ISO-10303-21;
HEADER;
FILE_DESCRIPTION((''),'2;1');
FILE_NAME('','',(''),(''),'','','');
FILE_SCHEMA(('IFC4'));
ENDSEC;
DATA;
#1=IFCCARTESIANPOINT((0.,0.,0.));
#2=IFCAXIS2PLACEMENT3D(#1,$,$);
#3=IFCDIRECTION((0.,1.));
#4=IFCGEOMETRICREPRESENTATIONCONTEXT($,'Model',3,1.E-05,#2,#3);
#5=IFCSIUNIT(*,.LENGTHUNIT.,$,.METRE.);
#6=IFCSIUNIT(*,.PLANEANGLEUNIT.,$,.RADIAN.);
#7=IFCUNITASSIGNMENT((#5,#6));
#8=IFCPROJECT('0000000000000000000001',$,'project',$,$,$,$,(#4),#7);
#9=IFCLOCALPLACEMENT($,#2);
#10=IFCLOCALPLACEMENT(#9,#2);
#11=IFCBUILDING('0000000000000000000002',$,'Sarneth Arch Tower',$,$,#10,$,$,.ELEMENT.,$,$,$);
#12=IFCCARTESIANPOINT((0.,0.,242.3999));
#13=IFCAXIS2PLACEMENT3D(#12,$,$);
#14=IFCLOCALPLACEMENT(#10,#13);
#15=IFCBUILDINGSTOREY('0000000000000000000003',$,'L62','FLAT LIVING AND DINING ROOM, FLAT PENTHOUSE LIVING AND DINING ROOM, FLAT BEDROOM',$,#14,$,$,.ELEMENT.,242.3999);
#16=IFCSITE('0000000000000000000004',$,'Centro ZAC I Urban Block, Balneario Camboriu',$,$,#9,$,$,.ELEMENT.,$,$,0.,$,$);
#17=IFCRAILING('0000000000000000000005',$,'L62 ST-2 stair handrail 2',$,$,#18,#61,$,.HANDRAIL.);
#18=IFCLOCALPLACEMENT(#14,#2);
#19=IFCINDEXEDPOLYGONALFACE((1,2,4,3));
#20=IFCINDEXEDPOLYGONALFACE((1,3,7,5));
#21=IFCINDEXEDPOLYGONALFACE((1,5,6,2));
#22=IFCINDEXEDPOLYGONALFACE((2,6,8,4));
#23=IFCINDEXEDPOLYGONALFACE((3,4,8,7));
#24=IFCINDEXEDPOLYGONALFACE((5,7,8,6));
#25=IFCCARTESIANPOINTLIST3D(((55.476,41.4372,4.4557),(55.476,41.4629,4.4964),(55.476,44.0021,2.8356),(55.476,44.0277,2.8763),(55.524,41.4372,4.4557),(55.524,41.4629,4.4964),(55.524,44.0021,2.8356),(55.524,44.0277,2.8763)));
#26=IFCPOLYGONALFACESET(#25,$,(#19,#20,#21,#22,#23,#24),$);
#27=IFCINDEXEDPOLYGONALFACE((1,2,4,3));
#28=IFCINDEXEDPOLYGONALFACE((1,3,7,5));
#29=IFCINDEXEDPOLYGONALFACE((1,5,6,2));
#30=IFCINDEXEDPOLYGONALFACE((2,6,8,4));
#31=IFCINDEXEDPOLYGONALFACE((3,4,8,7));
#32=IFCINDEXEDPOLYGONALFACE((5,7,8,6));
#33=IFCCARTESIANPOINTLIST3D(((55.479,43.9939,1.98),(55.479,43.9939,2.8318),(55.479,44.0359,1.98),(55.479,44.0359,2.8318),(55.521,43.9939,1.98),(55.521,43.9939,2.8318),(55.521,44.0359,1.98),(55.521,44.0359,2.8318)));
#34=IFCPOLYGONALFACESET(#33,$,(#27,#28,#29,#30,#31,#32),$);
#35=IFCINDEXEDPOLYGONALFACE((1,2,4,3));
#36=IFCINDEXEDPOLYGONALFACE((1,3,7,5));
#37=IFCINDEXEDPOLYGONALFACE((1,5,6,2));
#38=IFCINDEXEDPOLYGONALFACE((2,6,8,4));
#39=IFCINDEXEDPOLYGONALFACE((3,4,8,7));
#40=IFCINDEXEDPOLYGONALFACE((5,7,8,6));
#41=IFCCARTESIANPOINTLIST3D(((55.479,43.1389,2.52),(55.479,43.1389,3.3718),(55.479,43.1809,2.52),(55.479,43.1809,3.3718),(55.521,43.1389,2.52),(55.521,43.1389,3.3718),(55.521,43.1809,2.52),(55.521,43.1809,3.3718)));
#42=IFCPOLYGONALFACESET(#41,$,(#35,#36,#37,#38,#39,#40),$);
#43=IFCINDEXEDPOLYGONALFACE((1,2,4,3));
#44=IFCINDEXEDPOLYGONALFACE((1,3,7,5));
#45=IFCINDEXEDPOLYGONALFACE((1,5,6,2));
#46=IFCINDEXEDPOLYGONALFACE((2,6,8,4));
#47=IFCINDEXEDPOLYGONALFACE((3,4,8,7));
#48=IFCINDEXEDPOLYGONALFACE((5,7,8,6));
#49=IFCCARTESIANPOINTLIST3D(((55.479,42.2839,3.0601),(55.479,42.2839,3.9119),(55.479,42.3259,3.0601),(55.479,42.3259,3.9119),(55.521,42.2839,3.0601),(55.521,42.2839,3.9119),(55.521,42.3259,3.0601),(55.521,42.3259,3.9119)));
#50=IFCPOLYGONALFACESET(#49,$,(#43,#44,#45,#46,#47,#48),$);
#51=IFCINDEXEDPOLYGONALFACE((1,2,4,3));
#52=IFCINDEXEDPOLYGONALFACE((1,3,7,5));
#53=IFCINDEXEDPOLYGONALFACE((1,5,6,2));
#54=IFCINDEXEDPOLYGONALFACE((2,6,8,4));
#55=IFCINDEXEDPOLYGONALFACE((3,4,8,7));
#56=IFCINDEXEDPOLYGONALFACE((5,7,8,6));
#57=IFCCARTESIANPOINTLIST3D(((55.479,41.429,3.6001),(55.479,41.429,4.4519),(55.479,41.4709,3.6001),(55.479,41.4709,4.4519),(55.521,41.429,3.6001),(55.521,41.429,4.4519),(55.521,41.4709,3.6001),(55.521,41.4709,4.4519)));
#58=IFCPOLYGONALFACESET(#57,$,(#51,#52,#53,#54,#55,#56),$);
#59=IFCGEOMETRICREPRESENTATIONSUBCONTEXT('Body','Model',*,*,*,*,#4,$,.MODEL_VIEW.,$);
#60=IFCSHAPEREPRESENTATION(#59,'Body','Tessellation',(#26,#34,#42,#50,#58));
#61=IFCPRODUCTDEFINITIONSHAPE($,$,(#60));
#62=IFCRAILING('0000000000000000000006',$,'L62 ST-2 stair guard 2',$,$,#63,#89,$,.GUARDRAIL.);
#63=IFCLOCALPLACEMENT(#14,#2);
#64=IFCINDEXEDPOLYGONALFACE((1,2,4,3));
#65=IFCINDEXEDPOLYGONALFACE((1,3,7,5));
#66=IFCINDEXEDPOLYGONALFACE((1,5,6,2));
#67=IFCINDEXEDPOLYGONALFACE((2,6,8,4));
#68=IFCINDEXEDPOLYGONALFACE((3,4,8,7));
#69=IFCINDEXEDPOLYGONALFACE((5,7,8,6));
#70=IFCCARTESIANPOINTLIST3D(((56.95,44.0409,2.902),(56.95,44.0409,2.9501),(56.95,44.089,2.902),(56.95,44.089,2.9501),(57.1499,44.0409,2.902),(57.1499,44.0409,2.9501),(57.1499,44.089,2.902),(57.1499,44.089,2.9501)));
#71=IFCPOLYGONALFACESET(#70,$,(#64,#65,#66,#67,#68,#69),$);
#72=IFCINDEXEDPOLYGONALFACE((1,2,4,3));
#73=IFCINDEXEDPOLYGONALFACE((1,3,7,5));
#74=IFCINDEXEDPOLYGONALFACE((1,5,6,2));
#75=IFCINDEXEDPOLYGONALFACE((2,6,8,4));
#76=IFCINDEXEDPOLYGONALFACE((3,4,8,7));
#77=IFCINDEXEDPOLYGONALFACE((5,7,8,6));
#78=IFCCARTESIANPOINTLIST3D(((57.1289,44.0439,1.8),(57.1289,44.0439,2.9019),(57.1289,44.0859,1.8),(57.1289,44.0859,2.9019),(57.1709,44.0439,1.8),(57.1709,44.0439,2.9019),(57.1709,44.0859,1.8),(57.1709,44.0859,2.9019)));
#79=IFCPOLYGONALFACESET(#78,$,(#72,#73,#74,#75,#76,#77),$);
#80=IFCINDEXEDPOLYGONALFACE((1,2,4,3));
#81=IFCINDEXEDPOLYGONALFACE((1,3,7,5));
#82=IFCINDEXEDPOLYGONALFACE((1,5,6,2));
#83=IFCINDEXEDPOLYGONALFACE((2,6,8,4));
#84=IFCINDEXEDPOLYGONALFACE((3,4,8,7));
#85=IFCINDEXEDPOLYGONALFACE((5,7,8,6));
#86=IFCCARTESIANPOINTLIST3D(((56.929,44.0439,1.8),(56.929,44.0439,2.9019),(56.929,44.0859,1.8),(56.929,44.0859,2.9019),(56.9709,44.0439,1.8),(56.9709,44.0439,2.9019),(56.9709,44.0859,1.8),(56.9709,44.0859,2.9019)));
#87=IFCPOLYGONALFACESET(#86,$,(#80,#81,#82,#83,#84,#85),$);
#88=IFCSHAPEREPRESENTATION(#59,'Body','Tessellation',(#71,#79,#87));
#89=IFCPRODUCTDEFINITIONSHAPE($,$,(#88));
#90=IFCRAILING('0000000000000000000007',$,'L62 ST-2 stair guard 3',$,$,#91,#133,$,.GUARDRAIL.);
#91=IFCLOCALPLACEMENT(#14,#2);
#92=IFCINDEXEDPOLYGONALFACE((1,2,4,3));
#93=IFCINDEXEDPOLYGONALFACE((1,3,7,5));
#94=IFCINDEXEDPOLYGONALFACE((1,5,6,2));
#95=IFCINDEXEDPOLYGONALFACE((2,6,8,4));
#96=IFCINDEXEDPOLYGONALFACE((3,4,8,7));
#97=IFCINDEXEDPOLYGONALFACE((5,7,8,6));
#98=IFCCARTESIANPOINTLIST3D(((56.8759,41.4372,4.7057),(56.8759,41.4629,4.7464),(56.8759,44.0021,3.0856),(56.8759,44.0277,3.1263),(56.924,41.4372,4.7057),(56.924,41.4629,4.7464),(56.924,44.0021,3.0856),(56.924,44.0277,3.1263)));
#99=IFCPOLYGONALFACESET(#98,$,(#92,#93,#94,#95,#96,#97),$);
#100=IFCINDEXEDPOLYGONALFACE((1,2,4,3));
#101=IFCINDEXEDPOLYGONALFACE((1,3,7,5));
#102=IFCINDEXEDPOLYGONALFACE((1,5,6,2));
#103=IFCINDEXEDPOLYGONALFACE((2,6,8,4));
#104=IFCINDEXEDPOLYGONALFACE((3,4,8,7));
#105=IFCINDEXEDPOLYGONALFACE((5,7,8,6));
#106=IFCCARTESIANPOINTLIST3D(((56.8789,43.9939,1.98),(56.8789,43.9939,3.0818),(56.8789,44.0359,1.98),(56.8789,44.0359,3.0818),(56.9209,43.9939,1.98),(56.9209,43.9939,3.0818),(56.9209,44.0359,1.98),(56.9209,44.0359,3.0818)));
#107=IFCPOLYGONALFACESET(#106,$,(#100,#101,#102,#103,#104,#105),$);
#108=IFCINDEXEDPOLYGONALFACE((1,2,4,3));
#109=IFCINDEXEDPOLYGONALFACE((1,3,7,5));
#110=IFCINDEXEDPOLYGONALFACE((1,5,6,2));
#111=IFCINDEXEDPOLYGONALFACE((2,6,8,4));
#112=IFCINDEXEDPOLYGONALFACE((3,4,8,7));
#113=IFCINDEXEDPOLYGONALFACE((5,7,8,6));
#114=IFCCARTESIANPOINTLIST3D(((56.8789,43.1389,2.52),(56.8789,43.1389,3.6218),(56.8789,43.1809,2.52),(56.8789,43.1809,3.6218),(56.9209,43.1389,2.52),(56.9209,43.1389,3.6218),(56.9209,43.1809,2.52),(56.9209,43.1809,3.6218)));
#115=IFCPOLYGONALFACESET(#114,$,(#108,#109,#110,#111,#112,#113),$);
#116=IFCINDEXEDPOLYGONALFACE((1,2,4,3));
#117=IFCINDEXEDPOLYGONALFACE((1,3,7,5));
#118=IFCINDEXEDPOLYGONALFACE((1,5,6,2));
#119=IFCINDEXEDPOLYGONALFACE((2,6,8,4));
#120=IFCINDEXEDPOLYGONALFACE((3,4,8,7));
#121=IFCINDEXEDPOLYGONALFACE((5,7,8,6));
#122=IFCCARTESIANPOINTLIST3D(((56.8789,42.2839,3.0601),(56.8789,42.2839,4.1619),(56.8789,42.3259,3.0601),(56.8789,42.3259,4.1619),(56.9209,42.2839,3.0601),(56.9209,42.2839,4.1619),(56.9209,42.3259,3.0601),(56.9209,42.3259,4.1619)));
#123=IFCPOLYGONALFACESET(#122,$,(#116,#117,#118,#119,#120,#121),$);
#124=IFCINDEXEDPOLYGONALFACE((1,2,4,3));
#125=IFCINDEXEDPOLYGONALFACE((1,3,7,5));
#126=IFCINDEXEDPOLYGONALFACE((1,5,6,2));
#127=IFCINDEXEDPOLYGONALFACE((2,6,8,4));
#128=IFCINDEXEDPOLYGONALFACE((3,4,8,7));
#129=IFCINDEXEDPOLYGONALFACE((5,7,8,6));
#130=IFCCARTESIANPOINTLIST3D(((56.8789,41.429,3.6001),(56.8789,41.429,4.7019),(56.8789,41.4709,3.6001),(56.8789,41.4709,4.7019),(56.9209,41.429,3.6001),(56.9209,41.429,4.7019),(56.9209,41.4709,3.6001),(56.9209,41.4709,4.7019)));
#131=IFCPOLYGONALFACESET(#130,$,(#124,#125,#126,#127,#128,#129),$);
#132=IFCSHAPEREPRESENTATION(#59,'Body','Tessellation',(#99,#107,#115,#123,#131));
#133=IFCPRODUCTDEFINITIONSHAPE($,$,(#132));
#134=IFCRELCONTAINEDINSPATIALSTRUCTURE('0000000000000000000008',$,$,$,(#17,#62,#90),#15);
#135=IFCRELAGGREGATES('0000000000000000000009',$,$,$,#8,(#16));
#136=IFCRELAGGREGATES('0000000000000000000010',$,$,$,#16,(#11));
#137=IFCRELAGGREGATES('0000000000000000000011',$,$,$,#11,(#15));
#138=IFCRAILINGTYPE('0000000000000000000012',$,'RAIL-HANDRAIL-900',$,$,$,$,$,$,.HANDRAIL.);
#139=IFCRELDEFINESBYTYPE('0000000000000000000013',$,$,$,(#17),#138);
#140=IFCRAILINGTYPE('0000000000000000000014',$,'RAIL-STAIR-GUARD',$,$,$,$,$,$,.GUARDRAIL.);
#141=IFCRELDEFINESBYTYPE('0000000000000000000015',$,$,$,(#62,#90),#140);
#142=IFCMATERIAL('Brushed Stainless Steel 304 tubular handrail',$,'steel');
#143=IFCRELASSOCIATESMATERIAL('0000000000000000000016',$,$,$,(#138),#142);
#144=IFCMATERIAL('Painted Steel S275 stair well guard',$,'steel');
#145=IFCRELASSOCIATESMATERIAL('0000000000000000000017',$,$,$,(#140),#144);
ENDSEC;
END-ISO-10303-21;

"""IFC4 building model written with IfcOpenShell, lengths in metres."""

from ifc_helpers import new_model, si_unit, direction, frame, origin, origin_2d, place, context, subcontext, project, spatial, rectangle, extrude, material, type_object, element, save


model = new_model("IFC4")

# Units and contexts
model_context = context("Model", 3, precision=1e-05, world=origin(), true_north=direction((0.0, 1.0)))
body_context = subcontext(model_context, "Body", "Model", "MODEL_VIEW")
ifc_project = project(units=[si_unit("LENGTHUNIT", "METRE"), si_unit("PLANEANGLEUNIT", "RADIAN")], contexts=[model_context])

# Site, building, storey
site_placement = place(None, origin())
site = spatial("IfcSite", under=ifc_project, at=site_placement, Name="Centro ZAC I Urban Block, Balneario Camboriu", CompositionType="ELEMENT", RefElevation=0.0)
building_placement = place(site_placement, origin())
building = spatial("IfcBuilding", under=site, at=building_placement, Name="Sarneth Arch Tower", CompositionType="ELEMENT")
storey_placement = place(building_placement, frame((0.0, 0.0, 242.3999)))
storey = spatial("IfcBuildingStorey", under=building, at=storey_placement, Name="L62", Description="FLAT LIVING AND DINING ROOM, FLAT PENTHOUSE LIVING AND DINING ROOM, FLAT BEDROOM", CompositionType="ELEMENT", Elevation=242.3999)

# Railings
ifc_material_1 = material(Name="Brushed Stainless Steel 304 tubular handrail", Category="steel")
railing_type_1 = type_object("IfcRailingType", Name="RAIL-HANDRAIL-900", PredefinedType="HANDRAIL", material=ifc_material_1)
railing_1_placement = place(storey_placement, frame((55.5, 44.0149, 1.98)))
element("IfcRailing", 1, at=railing_1_placement, inside=storey, type_object=railing_type_1, Name="L62 ST-2 stair handrail 2", PredefinedType="HANDRAIL", context=body_context, shape_type="SweptSolid", body=[
    extrude(rectangle(XDim=0.0481, YDim=0.0481, at=origin_2d()), frame((0.0, 0.0, 0.876), z_axis=(0.0, -0.845466, 0.534029), x_axis=(1.0, 0.0, 0.0)), (0.0, 0.0, 1.0), 3.0337),
    extrude(rectangle(XDim=0.042, YDim=0.042, at=origin_2d()), origin(), (0.0, 0.0, 1.0), 0.8518),
    extrude(rectangle(XDim=0.042, YDim=0.042, at=origin_2d()), frame((0.0, -0.855, 0.54)), (0.0, 0.0, 1.0), 0.8518),
    extrude(rectangle(XDim=0.042, YDim=0.042, at=origin_2d()), frame((0.0, -1.71, 1.0801)), (0.0, 0.0, 1.0), 0.8518),
    extrude(rectangle(XDim=0.042, YDim=0.042, at=origin_2d()), frame((0.0, -2.5649, 1.6201)), (0.0, 0.0, 1.0), 0.8518),
])
ifc_material_2 = material(Name="Painted Steel S275 stair well guard", Category="steel")
railing_type_2 = type_object("IfcRailingType", Name="RAIL-STAIR-GUARD", PredefinedType="GUARDRAIL", material=ifc_material_2)
railing_2_placement = place(storey_placement, frame((57.1499, 44.0649, 1.8)))
element("IfcRailing", 2, at=railing_2_placement, inside=storey, type_object=railing_type_2, Name="L62 ST-2 stair guard 2", PredefinedType="GUARDRAIL", context=body_context, shape_type="SweptSolid", body=[
    extrude(rectangle(XDim=0.0481, YDim=0.0481, at=origin_2d()), frame((0.0, 0.0, 1.126), z_axis=(-1.0, 0.0, 0.0), x_axis=(0.0, -1.0, 0.0)), (0.0, 0.0, 1.0), 0.2),
    extrude(rectangle(XDim=0.042, YDim=0.042, at=origin_2d()), origin(), (0.0, 0.0, 1.0), 1.1018),
    extrude(rectangle(XDim=0.042, YDim=0.042, at=origin_2d()), frame((-0.2, 0.0, 0.0)), (0.0, 0.0, 1.0), 1.1018),
])
railing_3_placement = place(storey_placement, frame((56.8999, 44.0149, 1.98)))
element("IfcRailing", 3, at=railing_3_placement, inside=storey, type_object=railing_type_2, Name="L62 ST-2 stair guard 3", PredefinedType="GUARDRAIL", context=body_context, shape_type="SweptSolid", body=[
    extrude(rectangle(XDim=0.0481, YDim=0.0481, at=origin_2d()), frame((0.0, 0.0, 1.126), z_axis=(0.0, -0.845466, 0.534029), x_axis=(1.0, 0.0, 0.0)), (0.0, 0.0, 1.0), 3.0337),
    extrude(rectangle(XDim=0.042, YDim=0.042, at=origin_2d()), origin(), (0.0, 0.0, 1.0), 1.1018),
    extrude(rectangle(XDim=0.042, YDim=0.042, at=origin_2d()), frame((0.0, -0.855, 0.54)), (0.0, 0.0, 1.0), 1.1018),
    extrude(rectangle(XDim=0.042, YDim=0.042, at=origin_2d()), frame((0.0, -1.71, 1.0801)), (0.0, 0.0, 1.0), 1.1018),
    extrude(rectangle(XDim=0.042, YDim=0.042, at=origin_2d()), frame((0.0, -2.5649, 1.6201)), (0.0, 0.0, 1.0), 1.1018),
])

save(model, "model.ifc")
